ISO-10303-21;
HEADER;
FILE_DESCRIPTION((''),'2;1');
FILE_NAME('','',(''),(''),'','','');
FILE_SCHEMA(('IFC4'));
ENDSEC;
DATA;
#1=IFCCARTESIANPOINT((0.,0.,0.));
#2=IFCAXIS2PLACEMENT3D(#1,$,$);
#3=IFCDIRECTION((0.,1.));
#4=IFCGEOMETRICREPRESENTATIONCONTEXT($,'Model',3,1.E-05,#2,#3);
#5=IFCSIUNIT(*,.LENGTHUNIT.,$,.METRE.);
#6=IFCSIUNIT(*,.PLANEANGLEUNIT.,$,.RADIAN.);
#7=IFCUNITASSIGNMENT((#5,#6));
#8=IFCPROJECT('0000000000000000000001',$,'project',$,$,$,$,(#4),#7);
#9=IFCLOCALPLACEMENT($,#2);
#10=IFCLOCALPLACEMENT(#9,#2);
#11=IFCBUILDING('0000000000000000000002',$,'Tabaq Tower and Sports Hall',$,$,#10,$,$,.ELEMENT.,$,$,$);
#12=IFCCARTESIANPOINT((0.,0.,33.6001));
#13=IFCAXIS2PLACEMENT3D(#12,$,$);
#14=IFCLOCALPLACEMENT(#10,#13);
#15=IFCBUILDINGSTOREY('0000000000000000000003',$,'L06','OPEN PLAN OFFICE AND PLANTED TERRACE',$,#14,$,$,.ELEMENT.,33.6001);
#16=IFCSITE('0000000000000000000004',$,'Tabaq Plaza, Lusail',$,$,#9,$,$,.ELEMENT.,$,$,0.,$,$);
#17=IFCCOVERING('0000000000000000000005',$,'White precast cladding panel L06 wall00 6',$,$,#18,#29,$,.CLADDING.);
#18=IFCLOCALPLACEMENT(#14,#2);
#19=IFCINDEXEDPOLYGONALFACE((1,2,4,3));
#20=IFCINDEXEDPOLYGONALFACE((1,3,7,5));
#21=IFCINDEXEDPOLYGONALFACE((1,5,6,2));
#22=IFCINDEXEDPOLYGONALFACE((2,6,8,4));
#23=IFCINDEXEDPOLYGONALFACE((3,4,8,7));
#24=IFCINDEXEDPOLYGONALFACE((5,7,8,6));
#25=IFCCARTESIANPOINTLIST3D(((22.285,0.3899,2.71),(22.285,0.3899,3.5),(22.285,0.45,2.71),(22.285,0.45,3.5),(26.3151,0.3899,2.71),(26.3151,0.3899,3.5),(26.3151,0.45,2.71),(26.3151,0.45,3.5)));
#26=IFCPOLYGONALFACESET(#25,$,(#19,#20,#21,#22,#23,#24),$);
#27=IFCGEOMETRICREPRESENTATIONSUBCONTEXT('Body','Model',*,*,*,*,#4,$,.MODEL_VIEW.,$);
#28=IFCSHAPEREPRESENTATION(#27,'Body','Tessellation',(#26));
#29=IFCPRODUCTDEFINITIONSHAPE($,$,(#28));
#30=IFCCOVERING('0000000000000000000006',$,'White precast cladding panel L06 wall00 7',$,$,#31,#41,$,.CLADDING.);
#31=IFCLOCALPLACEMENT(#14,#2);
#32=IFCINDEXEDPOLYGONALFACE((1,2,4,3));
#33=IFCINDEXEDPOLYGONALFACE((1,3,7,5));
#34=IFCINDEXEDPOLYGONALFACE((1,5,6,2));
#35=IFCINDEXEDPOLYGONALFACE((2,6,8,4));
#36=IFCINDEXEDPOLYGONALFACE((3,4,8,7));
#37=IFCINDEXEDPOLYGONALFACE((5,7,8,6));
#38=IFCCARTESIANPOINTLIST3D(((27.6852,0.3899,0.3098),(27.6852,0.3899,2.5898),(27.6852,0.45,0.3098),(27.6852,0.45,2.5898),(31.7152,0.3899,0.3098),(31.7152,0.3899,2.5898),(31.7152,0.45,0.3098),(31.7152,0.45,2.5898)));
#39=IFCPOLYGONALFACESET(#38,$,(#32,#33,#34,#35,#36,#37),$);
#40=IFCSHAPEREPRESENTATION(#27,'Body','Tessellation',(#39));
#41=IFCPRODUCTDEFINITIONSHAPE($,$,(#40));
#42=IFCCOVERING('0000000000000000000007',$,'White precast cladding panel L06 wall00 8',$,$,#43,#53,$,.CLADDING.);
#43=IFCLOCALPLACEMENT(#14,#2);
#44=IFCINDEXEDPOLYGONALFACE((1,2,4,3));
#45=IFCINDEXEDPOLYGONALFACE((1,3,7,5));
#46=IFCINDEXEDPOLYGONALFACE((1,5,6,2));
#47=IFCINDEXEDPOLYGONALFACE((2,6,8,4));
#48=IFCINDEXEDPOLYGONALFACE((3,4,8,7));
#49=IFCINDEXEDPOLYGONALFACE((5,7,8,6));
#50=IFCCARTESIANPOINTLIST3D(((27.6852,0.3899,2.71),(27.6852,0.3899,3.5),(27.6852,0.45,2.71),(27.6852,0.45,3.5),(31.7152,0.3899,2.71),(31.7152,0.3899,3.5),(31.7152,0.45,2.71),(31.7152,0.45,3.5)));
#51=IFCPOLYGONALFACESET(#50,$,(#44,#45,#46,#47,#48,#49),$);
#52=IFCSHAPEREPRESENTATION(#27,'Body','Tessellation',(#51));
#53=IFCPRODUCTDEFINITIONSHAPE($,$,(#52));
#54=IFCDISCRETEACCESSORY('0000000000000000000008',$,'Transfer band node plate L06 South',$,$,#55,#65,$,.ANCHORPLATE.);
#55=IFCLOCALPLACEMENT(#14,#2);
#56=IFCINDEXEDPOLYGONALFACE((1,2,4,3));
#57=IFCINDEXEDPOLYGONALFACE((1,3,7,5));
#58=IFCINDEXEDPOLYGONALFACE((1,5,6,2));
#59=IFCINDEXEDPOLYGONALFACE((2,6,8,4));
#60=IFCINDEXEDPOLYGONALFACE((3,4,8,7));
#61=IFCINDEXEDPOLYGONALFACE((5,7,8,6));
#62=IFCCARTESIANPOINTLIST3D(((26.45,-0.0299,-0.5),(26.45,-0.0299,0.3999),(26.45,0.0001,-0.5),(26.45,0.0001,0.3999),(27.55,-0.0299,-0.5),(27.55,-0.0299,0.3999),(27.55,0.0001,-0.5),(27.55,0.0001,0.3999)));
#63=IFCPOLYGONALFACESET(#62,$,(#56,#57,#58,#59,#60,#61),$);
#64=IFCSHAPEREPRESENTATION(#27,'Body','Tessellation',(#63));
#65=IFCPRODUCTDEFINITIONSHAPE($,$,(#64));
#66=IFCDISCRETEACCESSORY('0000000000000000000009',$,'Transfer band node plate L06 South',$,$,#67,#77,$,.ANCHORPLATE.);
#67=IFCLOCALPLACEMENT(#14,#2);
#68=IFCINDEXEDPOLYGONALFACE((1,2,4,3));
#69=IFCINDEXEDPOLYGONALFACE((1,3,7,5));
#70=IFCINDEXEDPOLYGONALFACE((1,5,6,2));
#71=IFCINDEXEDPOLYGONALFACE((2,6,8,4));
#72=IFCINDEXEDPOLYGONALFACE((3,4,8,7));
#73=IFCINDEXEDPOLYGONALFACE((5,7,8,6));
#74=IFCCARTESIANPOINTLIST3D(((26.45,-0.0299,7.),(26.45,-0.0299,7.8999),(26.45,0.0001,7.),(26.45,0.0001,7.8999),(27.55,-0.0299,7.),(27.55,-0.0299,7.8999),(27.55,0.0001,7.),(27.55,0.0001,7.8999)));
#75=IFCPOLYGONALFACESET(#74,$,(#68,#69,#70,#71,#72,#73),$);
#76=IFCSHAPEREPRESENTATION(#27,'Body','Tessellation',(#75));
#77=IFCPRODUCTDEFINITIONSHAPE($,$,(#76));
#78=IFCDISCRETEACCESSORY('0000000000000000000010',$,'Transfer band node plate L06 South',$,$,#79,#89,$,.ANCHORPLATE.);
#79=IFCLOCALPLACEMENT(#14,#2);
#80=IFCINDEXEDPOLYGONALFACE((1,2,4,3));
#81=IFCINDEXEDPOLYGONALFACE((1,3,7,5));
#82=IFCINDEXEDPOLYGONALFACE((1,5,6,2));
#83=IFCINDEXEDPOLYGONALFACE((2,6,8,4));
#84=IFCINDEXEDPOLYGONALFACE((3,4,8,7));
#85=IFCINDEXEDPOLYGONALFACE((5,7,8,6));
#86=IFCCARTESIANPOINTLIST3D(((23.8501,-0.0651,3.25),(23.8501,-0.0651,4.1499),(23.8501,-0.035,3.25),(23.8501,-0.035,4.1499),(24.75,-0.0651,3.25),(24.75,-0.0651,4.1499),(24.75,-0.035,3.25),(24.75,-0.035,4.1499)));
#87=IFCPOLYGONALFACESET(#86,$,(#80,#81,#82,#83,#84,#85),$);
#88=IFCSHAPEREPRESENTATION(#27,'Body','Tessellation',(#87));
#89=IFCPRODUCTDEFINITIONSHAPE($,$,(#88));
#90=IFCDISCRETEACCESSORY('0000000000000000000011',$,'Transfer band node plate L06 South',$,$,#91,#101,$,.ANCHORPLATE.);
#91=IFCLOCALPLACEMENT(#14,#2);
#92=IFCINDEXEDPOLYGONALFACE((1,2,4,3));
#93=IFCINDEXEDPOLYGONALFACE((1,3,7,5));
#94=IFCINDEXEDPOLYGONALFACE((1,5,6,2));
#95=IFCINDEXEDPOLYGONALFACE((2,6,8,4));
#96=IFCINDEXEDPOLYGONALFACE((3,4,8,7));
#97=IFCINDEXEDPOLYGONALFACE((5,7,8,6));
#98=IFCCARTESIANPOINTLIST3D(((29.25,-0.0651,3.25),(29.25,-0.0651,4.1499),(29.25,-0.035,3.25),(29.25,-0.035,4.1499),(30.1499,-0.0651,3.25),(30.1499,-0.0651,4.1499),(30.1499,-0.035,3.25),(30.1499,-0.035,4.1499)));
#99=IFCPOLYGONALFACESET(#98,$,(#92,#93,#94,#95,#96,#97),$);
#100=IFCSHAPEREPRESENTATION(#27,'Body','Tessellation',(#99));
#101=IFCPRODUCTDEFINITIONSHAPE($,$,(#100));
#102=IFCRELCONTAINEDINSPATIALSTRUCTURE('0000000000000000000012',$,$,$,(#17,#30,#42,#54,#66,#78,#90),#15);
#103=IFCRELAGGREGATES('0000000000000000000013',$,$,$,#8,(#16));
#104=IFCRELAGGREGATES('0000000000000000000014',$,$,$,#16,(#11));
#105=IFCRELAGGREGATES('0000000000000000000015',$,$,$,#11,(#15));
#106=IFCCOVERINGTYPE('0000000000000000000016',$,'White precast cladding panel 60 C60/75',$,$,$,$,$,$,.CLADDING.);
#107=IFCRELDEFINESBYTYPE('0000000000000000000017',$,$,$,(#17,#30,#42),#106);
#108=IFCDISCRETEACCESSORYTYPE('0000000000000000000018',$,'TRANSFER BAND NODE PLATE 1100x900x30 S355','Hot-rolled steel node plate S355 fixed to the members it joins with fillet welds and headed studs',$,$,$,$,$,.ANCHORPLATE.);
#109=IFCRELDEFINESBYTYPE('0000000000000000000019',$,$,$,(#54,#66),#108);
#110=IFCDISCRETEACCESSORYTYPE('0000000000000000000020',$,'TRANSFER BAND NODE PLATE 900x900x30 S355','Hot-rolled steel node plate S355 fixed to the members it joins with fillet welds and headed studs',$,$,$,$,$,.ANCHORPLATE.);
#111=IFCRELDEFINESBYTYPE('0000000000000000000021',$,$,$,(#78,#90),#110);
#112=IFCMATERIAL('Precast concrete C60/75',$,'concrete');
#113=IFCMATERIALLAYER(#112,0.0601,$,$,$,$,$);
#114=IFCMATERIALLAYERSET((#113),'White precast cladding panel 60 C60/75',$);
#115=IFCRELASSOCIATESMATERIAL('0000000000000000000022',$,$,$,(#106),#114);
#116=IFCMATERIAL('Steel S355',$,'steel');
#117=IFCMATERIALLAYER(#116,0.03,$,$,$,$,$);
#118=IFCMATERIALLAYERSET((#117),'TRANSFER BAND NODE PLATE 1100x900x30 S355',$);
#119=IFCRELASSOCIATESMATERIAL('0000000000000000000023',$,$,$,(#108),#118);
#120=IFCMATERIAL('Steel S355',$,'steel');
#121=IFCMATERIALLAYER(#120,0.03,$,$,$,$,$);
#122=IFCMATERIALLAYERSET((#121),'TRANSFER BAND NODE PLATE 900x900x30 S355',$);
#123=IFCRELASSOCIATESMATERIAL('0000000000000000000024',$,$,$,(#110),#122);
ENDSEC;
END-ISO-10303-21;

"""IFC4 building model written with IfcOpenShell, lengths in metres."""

from ifc_helpers import new_model, si_unit, direction, frame, frame_2d, origin, origin_2d, place, context, subcontext, project, spatial, rectangle, extrude, material, layer, layer_set, type_object, element, save


model = new_model("IFC4")

# Units and contexts
model_context = context("Model", 3, precision=1e-05, world=origin(), true_north=direction((0.0, 1.0)))
body_context = subcontext(model_context, "Body", "Model", "MODEL_VIEW")
ifc_project = project(units=[si_unit("LENGTHUNIT", "METRE"), si_unit("PLANEANGLEUNIT", "RADIAN")], contexts=[model_context])

# Site, building, storey
site_placement = place(None, origin())
site = spatial("IfcSite", under=ifc_project, at=site_placement, Name="Tabaq Plaza, Lusail", CompositionType="ELEMENT", RefElevation=0.0)
building_placement = place(site_placement, origin())
building = spatial("IfcBuilding", under=site, at=building_placement, Name="Tabaq Tower and Sports Hall", CompositionType="ELEMENT")
storey_placement = place(building_placement, frame((0.0, 0.0, 33.6001)))
storey = spatial("IfcBuildingStorey", under=building, at=storey_placement, Name="L06", Description="OPEN PLAN OFFICE AND PLANTED TERRACE", CompositionType="ELEMENT", Elevation=33.6001)

# Coverings
ifc_material_1 = material(Name="Precast concrete C60/75", Category="concrete")
ifc_layer_1 = layer(ifc_material_1, 0.0601)
ifc_layer_set_1 = layer_set([ifc_layer_1], Name="White precast cladding panel 60 C60/75")
covering_type_1 = type_object("IfcCoveringType", Name="White precast cladding panel 60 C60/75", PredefinedType="CLADDING", material=ifc_layer_set_1)
covering_1_placement = place(storey_placement, frame((22.2849, 0.4199, 2.71), z_axis=(0.0, 0.0, 1.0), x_axis=(1.0, 0.0, 0.0)))
element("IfcCovering", 1, at=covering_1_placement, inside=storey, type_object=covering_type_1, Name="White precast cladding panel L06 wall00 6", PredefinedType="CLADDING", context=body_context, shape_type="SweptSolid", body=[
    extrude(rectangle(XDim=4.03, YDim=0.0601, at=frame_2d((2.0151, 0.0))), origin(), (0.0, 0.0, 1.0), 0.79),
])
covering_2_placement = place(storey_placement, frame((27.6851, 0.4199, 0.3098), z_axis=(0.0, 0.0, 1.0), x_axis=(1.0, 0.0, 0.0)))
element("IfcCovering", 2, at=covering_2_placement, inside=storey, type_object=covering_type_1, Name="White precast cladding panel L06 wall00 7", PredefinedType="CLADDING", context=body_context, shape_type="SweptSolid", body=[
    extrude(rectangle(XDim=4.03, YDim=0.0601, at=frame_2d((2.0151, 0.0))), origin(), (0.0, 0.0, 1.0), 2.28),
])
covering_3_placement = place(storey_placement, frame((27.6851, 0.4199, 2.71), z_axis=(0.0, 0.0, 1.0), x_axis=(1.0, 0.0, 0.0)))
element("IfcCovering", 3, at=covering_3_placement, inside=storey, type_object=covering_type_1, Name="White precast cladding panel L06 wall00 8", PredefinedType="CLADDING", context=body_context, shape_type="SweptSolid", body=[
    extrude(rectangle(XDim=4.03, YDim=0.0601, at=frame_2d((2.0151, 0.0))), origin(), (0.0, 0.0, 1.0), 0.79),
])

# Discrete accessories
ifc_material_2 = material(Name="Steel S355", Category="steel")
ifc_layer_2 = layer(ifc_material_2, 0.03)
ifc_layer_set_2 = layer_set([ifc_layer_2], Name="TRANSFER BAND NODE PLATE 1100x900x30 S355")
discrete_accessory_type_1 = type_object("IfcDiscreteAccessoryType", Name="TRANSFER BAND NODE PLATE 1100x900x30 S355", Description="Hot-rolled steel node plate S355 fixed to the members it joins with fillet welds and headed studs", PredefinedType="ANCHORPLATE", material=ifc_layer_set_2)
for number, where, z_axis, x_axis, name in (
    (4, (27.0, -0.0149, -0.5), (0.0, 0.0, 1.0), (1.0, 0.0, 0.0), "Transfer band node plate L06 South"),
    (5, (27.0, -0.0149, 7.0), (0.0, 0.0, 1.0), (1.0, 0.0, 0.0), "Transfer band node plate L06 South"),
):
    element("IfcDiscreteAccessory", number, at=place(storey_placement, frame(where, z_axis=z_axis, x_axis=x_axis)), inside=storey, type_object=discrete_accessory_type_1, Name=name, PredefinedType="ANCHORPLATE", context=body_context, shape_type="SweptSolid", body=[
        extrude(rectangle(XDim=1.1001, YDim=0.03, at=origin_2d()), origin(), (0.0, 0.0, 1.0), 0.8999),
    ])
ifc_material_3 = material(Name="Steel S355", Category="steel")
ifc_layer_3 = layer(ifc_material_3, 0.03)
ifc_layer_set_3 = layer_set([ifc_layer_3], Name="TRANSFER BAND NODE PLATE 900x900x30 S355")
discrete_accessory_type_2 = type_object("IfcDiscreteAccessoryType", Name="TRANSFER BAND NODE PLATE 900x900x30 S355", Description="Hot-rolled steel node plate S355 fixed to the members it joins with fillet welds and headed studs", PredefinedType="ANCHORPLATE", material=ifc_layer_set_3)
for number, where, z_axis, x_axis, name in (
    (6, (24.3, -0.05, 3.25), (0.0, 0.0, 1.0), (1.0, 0.0, 0.0), "Transfer band node plate L06 South"),
    (7, (29.7, -0.05, 3.25), (0.0, 0.0, 1.0), (1.0, 0.0, 0.0), "Transfer band node plate L06 South"),
):
    element("IfcDiscreteAccessory", number, at=place(storey_placement, frame(where, z_axis=z_axis, x_axis=x_axis)), inside=storey, type_object=discrete_accessory_type_2, Name=name, PredefinedType="ANCHORPLATE", context=body_context, shape_type="SweptSolid", body=[
        extrude(rectangle(XDim=0.8999, YDim=0.03, at=origin_2d()), origin(), (0.0, 0.0, 1.0), 0.8999),
    ])

save(model, "model.ifc")
